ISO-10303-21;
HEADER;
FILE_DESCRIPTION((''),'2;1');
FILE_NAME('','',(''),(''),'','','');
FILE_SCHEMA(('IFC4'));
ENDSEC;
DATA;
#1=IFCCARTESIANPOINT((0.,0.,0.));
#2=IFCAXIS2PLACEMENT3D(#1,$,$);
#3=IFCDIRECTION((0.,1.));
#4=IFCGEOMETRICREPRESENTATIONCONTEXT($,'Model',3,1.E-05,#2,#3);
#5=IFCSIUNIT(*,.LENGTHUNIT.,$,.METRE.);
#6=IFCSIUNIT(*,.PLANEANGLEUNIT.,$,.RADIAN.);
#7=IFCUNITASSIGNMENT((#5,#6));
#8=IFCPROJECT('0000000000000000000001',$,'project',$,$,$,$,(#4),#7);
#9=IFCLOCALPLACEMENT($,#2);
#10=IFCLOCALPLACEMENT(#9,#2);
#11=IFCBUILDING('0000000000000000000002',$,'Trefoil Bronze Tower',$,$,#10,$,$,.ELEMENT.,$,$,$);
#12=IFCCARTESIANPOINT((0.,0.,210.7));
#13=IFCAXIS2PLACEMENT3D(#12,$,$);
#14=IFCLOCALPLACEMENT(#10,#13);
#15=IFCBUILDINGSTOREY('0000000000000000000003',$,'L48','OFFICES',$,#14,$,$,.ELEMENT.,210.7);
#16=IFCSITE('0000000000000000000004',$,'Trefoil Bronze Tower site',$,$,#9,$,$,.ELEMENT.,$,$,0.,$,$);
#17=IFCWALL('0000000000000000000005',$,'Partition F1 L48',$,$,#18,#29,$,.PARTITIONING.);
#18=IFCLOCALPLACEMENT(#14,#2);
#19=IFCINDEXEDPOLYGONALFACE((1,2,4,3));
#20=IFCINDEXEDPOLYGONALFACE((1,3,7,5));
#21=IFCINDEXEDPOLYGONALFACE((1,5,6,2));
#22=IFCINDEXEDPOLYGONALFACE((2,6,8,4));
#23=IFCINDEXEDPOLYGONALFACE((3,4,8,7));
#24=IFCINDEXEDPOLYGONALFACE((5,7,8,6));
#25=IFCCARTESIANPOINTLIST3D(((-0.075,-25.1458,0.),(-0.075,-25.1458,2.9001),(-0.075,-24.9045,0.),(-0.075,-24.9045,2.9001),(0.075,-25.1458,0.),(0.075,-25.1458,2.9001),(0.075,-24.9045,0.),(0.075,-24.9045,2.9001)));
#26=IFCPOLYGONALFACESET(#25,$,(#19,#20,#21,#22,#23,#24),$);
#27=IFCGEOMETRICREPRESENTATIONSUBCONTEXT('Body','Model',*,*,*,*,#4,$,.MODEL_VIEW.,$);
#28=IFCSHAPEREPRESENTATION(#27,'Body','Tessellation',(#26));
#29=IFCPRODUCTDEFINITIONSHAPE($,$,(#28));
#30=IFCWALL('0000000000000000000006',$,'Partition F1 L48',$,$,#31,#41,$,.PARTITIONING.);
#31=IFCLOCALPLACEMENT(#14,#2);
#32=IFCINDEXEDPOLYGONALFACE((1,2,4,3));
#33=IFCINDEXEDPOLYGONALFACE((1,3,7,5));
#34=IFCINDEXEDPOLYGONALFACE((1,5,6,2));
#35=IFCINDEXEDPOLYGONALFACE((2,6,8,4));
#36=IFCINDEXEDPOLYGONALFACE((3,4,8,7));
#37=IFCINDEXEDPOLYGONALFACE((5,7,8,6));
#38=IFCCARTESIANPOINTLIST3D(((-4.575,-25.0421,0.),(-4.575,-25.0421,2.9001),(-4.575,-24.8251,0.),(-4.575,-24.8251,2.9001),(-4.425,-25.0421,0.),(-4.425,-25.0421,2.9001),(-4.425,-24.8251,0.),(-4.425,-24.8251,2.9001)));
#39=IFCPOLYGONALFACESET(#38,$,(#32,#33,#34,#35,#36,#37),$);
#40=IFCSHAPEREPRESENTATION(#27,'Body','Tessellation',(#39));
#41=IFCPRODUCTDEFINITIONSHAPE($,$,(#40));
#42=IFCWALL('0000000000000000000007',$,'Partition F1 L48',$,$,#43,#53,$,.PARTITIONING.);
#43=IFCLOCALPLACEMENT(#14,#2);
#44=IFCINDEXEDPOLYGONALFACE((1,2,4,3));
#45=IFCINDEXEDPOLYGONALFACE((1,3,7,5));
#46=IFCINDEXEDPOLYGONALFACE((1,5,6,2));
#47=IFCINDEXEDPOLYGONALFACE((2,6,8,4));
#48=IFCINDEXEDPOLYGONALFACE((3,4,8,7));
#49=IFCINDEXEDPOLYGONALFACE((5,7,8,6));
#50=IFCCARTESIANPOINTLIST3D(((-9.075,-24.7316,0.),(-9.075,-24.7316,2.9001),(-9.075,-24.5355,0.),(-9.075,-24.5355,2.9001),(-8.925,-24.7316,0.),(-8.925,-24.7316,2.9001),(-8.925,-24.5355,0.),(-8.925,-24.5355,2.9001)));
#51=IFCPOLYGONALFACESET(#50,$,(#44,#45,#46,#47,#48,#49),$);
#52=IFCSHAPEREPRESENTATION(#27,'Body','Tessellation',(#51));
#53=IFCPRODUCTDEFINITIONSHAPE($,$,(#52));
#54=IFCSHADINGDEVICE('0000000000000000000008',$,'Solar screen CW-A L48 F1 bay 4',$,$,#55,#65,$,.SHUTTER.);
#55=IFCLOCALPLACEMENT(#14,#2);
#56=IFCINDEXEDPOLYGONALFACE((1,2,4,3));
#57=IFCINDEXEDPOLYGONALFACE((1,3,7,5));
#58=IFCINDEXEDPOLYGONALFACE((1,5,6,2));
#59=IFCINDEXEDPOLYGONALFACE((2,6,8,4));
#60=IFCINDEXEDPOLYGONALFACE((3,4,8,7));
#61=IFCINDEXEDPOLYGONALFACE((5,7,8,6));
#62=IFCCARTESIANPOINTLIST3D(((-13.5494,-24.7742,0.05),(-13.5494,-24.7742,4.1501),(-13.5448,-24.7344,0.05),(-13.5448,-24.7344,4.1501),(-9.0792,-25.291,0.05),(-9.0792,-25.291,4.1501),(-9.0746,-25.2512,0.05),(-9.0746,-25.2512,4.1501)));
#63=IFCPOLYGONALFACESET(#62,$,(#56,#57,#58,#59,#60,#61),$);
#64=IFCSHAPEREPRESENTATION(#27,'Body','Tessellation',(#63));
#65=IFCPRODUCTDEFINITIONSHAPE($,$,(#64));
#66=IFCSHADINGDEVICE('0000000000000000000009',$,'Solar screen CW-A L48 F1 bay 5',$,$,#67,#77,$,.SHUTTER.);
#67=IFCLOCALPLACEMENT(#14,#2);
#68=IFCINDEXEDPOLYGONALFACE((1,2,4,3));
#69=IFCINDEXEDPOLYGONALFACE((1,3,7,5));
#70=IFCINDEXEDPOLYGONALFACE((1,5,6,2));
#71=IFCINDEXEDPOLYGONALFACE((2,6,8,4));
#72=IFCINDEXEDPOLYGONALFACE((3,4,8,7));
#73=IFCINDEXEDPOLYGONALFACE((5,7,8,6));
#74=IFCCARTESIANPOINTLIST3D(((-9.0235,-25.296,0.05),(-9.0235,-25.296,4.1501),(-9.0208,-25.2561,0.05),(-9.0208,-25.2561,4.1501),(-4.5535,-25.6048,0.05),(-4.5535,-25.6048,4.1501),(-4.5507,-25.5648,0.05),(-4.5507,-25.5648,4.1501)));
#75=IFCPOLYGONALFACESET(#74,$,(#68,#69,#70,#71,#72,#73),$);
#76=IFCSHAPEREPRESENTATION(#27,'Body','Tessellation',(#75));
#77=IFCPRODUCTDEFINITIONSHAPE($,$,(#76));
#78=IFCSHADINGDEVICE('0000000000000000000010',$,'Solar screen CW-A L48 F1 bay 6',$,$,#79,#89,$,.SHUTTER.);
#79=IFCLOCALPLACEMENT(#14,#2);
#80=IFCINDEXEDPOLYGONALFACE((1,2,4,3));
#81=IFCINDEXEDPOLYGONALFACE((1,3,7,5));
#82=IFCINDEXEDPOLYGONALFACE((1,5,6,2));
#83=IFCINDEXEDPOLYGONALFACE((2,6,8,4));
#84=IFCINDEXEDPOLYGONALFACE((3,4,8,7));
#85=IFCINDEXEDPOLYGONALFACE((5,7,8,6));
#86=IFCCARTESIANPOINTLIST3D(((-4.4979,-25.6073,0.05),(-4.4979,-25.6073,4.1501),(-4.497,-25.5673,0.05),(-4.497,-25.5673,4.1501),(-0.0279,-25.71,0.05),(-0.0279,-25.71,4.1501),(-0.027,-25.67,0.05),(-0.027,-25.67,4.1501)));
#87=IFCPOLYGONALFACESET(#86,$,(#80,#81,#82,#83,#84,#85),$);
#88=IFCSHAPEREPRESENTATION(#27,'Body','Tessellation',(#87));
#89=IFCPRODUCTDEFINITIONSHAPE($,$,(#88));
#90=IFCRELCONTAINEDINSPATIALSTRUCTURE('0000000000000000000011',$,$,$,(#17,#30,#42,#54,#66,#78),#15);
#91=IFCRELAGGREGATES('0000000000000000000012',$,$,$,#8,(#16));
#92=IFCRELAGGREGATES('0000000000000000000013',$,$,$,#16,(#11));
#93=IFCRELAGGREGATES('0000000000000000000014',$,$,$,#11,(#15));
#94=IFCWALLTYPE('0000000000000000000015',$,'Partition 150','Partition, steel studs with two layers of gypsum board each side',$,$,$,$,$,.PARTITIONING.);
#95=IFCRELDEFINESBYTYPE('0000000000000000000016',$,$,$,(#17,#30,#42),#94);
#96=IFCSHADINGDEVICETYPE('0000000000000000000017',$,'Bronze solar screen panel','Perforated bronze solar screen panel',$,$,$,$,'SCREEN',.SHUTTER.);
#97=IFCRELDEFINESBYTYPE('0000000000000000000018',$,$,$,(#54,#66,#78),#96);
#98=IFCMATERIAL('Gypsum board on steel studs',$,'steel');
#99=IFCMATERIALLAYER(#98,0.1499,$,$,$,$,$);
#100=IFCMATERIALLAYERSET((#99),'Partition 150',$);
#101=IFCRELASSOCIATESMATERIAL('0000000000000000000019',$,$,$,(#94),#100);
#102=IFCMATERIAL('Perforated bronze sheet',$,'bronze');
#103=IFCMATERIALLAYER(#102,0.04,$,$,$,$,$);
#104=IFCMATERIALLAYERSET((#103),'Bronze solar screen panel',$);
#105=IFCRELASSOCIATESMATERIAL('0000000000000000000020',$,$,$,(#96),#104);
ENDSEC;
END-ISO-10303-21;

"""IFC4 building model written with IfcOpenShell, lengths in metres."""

from ifc_helpers import new_model, si_unit, direction, frame, frame_2d, origin, origin_2d, place, context, subcontext, project, spatial, rectangle, extrude, material, layer, layer_set, type_object, element, save


model = new_model("IFC4")

# Units and contexts
model_context = context("Model", 3, precision=1e-05, world=origin(), true_north=direction((0.0, 1.0)))
body_context = subcontext(model_context, "Body", "Model", "MODEL_VIEW")
ifc_project = project(units=[si_unit("LENGTHUNIT", "METRE"), si_unit("PLANEANGLEUNIT", "RADIAN")], contexts=[model_context])

# Site, building, storey
site_placement = place(None, origin())
site = spatial("IfcSite", under=ifc_project, at=site_placement, Name="Trefoil Bronze Tower site", CompositionType="ELEMENT", RefElevation=0.0)
building_placement = place(site_placement, origin())
building = spatial("IfcBuilding", under=site, at=building_placement, Name="Trefoil Bronze Tower", CompositionType="ELEMENT")
storey_placement = place(building_placement, frame((0.0, 0.0, 210.7)))
storey = spatial("IfcBuildingStorey", under=building, at=storey_placement, Name="L48", Description="OFFICES", CompositionType="ELEMENT", Elevation=210.7)

# Walls
ifc_material_1 = material(Name="Gypsum board on steel studs", Category="steel")
ifc_layer_1 = layer(ifc_material_1, 0.1499)
ifc_layer_set_1 = layer_set([ifc_layer_1], Name="Partition 150")
wall_type_1 = type_object("IfcWallType", Name="Partition 150", Description="Partition, steel studs with two layers of gypsum board each side", PredefinedType="PARTITIONING", material=ifc_layer_set_1)
wall_1_placement = place(storey_placement, frame((0.0, -24.9045, 0.0), z_axis=(0.0, 0.0, 1.0), x_axis=(0.0, -1.0, 0.0)))
element("IfcWall", 1, at=wall_1_placement, inside=storey, type_object=wall_type_1, Name="Partition F1 L48", PredefinedType="PARTITIONING", context=body_context, shape_type="SweptSolid", body=[
    extrude(rectangle(XDim=0.2412, YDim=0.1499, at=frame_2d((0.1206, 0.0))), origin(), (0.0, 0.0, 1.0), 2.9001),
])
wall_2_placement = place(storey_placement, frame((-4.5, -24.8252, 0.0), z_axis=(0.0, 0.0, 1.0), x_axis=(0.0, -1.0, 0.0)))
element("IfcWall", 2, at=wall_2_placement, inside=storey, type_object=wall_type_1, Name="Partition F1 L48", PredefinedType="PARTITIONING", context=body_context, shape_type="SweptSolid", body=[
    extrude(rectangle(XDim=0.217, YDim=0.1499, at=frame_2d((0.1084, 0.0))), origin(), (0.0, 0.0, 1.0), 2.9001),
])
wall_3_placement = place(storey_placement, frame((-9.0, -24.5354, 0.0), z_axis=(0.0, 0.0, 1.0), x_axis=(0.0, -1.0, 0.0)))
element("IfcWall", 3, at=wall_3_placement, inside=storey, type_object=wall_type_1, Name="Partition F1 L48", PredefinedType="PARTITIONING", context=body_context, shape_type="SweptSolid", body=[
    extrude(rectangle(XDim=0.196, YDim=0.1499, at=frame_2d((0.0981, 0.0))), origin(), (0.0, 0.0, 1.0), 2.9001),
])

# Shading devices
ifc_material_2 = material(Name="Perforated bronze sheet", Category="bronze")
ifc_layer_2 = layer(ifc_material_2, 0.04)
ifc_layer_set_2 = layer_set([ifc_layer_2], Name="Bronze solar screen panel")
shading_device_type = type_object("IfcShadingDeviceType", Name="Bronze solar screen panel", Description="Perforated bronze solar screen panel", ElementType="SCREEN", PredefinedType="SHUTTER", material=ifc_layer_set_2)
shading_device_1_placement = place(storey_placement, frame((-11.312, -25.0127, 0.05), z_axis=(0.0, 0.0, 1.0), x_axis=(0.993382, -0.114859, 0.0)))
element("IfcShadingDevice", 4, at=shading_device_1_placement, inside=storey, type_object=shading_device_type, Name="Solar screen CW-A L48 F1 bay 4", PredefinedType="SHUTTER", context=body_context, shape_type="SweptSolid", body=[
    extrude(rectangle(XDim=4.5, YDim=0.04, at=origin_2d()), origin(), (0.0, 0.0, 1.0), 4.1001),
])
shading_device_2_placement = place(storey_placement, frame((-6.7871, -25.4304, 0.05), z_axis=(0.0, 0.0, 1.0), x_axis=(0.997623, -0.068915, 0.0)))
element("IfcShadingDevice", 5, at=shading_device_2_placement, inside=storey, type_object=shading_device_type, Name="Solar screen CW-A L48 F1 bay 5", PredefinedType="SHUTTER", context=body_context, shape_type="SweptSolid", body=[
    extrude(rectangle(XDim=4.4807, YDim=0.04, at=origin_2d()), origin(), (0.0, 0.0, 1.0), 4.1001),
])
shading_device_3_placement = place(storey_placement, frame((-2.2625, -25.6387, 0.05), z_axis=(0.0, 0.0, 1.0), x_axis=(0.999736, -0.022972, 0.0)))
element("IfcShadingDevice", 6, at=shading_device_3_placement, inside=storey, type_object=shading_device_type, Name="Solar screen CW-A L48 F1 bay 6", PredefinedType="SHUTTER", context=body_context, shape_type="SweptSolid", body=[
    extrude(rectangle(XDim=4.4712, YDim=0.04, at=origin_2d()), origin(), (0.0, 0.0, 1.0), 4.1001),
])

save(model, "model.ifc")
